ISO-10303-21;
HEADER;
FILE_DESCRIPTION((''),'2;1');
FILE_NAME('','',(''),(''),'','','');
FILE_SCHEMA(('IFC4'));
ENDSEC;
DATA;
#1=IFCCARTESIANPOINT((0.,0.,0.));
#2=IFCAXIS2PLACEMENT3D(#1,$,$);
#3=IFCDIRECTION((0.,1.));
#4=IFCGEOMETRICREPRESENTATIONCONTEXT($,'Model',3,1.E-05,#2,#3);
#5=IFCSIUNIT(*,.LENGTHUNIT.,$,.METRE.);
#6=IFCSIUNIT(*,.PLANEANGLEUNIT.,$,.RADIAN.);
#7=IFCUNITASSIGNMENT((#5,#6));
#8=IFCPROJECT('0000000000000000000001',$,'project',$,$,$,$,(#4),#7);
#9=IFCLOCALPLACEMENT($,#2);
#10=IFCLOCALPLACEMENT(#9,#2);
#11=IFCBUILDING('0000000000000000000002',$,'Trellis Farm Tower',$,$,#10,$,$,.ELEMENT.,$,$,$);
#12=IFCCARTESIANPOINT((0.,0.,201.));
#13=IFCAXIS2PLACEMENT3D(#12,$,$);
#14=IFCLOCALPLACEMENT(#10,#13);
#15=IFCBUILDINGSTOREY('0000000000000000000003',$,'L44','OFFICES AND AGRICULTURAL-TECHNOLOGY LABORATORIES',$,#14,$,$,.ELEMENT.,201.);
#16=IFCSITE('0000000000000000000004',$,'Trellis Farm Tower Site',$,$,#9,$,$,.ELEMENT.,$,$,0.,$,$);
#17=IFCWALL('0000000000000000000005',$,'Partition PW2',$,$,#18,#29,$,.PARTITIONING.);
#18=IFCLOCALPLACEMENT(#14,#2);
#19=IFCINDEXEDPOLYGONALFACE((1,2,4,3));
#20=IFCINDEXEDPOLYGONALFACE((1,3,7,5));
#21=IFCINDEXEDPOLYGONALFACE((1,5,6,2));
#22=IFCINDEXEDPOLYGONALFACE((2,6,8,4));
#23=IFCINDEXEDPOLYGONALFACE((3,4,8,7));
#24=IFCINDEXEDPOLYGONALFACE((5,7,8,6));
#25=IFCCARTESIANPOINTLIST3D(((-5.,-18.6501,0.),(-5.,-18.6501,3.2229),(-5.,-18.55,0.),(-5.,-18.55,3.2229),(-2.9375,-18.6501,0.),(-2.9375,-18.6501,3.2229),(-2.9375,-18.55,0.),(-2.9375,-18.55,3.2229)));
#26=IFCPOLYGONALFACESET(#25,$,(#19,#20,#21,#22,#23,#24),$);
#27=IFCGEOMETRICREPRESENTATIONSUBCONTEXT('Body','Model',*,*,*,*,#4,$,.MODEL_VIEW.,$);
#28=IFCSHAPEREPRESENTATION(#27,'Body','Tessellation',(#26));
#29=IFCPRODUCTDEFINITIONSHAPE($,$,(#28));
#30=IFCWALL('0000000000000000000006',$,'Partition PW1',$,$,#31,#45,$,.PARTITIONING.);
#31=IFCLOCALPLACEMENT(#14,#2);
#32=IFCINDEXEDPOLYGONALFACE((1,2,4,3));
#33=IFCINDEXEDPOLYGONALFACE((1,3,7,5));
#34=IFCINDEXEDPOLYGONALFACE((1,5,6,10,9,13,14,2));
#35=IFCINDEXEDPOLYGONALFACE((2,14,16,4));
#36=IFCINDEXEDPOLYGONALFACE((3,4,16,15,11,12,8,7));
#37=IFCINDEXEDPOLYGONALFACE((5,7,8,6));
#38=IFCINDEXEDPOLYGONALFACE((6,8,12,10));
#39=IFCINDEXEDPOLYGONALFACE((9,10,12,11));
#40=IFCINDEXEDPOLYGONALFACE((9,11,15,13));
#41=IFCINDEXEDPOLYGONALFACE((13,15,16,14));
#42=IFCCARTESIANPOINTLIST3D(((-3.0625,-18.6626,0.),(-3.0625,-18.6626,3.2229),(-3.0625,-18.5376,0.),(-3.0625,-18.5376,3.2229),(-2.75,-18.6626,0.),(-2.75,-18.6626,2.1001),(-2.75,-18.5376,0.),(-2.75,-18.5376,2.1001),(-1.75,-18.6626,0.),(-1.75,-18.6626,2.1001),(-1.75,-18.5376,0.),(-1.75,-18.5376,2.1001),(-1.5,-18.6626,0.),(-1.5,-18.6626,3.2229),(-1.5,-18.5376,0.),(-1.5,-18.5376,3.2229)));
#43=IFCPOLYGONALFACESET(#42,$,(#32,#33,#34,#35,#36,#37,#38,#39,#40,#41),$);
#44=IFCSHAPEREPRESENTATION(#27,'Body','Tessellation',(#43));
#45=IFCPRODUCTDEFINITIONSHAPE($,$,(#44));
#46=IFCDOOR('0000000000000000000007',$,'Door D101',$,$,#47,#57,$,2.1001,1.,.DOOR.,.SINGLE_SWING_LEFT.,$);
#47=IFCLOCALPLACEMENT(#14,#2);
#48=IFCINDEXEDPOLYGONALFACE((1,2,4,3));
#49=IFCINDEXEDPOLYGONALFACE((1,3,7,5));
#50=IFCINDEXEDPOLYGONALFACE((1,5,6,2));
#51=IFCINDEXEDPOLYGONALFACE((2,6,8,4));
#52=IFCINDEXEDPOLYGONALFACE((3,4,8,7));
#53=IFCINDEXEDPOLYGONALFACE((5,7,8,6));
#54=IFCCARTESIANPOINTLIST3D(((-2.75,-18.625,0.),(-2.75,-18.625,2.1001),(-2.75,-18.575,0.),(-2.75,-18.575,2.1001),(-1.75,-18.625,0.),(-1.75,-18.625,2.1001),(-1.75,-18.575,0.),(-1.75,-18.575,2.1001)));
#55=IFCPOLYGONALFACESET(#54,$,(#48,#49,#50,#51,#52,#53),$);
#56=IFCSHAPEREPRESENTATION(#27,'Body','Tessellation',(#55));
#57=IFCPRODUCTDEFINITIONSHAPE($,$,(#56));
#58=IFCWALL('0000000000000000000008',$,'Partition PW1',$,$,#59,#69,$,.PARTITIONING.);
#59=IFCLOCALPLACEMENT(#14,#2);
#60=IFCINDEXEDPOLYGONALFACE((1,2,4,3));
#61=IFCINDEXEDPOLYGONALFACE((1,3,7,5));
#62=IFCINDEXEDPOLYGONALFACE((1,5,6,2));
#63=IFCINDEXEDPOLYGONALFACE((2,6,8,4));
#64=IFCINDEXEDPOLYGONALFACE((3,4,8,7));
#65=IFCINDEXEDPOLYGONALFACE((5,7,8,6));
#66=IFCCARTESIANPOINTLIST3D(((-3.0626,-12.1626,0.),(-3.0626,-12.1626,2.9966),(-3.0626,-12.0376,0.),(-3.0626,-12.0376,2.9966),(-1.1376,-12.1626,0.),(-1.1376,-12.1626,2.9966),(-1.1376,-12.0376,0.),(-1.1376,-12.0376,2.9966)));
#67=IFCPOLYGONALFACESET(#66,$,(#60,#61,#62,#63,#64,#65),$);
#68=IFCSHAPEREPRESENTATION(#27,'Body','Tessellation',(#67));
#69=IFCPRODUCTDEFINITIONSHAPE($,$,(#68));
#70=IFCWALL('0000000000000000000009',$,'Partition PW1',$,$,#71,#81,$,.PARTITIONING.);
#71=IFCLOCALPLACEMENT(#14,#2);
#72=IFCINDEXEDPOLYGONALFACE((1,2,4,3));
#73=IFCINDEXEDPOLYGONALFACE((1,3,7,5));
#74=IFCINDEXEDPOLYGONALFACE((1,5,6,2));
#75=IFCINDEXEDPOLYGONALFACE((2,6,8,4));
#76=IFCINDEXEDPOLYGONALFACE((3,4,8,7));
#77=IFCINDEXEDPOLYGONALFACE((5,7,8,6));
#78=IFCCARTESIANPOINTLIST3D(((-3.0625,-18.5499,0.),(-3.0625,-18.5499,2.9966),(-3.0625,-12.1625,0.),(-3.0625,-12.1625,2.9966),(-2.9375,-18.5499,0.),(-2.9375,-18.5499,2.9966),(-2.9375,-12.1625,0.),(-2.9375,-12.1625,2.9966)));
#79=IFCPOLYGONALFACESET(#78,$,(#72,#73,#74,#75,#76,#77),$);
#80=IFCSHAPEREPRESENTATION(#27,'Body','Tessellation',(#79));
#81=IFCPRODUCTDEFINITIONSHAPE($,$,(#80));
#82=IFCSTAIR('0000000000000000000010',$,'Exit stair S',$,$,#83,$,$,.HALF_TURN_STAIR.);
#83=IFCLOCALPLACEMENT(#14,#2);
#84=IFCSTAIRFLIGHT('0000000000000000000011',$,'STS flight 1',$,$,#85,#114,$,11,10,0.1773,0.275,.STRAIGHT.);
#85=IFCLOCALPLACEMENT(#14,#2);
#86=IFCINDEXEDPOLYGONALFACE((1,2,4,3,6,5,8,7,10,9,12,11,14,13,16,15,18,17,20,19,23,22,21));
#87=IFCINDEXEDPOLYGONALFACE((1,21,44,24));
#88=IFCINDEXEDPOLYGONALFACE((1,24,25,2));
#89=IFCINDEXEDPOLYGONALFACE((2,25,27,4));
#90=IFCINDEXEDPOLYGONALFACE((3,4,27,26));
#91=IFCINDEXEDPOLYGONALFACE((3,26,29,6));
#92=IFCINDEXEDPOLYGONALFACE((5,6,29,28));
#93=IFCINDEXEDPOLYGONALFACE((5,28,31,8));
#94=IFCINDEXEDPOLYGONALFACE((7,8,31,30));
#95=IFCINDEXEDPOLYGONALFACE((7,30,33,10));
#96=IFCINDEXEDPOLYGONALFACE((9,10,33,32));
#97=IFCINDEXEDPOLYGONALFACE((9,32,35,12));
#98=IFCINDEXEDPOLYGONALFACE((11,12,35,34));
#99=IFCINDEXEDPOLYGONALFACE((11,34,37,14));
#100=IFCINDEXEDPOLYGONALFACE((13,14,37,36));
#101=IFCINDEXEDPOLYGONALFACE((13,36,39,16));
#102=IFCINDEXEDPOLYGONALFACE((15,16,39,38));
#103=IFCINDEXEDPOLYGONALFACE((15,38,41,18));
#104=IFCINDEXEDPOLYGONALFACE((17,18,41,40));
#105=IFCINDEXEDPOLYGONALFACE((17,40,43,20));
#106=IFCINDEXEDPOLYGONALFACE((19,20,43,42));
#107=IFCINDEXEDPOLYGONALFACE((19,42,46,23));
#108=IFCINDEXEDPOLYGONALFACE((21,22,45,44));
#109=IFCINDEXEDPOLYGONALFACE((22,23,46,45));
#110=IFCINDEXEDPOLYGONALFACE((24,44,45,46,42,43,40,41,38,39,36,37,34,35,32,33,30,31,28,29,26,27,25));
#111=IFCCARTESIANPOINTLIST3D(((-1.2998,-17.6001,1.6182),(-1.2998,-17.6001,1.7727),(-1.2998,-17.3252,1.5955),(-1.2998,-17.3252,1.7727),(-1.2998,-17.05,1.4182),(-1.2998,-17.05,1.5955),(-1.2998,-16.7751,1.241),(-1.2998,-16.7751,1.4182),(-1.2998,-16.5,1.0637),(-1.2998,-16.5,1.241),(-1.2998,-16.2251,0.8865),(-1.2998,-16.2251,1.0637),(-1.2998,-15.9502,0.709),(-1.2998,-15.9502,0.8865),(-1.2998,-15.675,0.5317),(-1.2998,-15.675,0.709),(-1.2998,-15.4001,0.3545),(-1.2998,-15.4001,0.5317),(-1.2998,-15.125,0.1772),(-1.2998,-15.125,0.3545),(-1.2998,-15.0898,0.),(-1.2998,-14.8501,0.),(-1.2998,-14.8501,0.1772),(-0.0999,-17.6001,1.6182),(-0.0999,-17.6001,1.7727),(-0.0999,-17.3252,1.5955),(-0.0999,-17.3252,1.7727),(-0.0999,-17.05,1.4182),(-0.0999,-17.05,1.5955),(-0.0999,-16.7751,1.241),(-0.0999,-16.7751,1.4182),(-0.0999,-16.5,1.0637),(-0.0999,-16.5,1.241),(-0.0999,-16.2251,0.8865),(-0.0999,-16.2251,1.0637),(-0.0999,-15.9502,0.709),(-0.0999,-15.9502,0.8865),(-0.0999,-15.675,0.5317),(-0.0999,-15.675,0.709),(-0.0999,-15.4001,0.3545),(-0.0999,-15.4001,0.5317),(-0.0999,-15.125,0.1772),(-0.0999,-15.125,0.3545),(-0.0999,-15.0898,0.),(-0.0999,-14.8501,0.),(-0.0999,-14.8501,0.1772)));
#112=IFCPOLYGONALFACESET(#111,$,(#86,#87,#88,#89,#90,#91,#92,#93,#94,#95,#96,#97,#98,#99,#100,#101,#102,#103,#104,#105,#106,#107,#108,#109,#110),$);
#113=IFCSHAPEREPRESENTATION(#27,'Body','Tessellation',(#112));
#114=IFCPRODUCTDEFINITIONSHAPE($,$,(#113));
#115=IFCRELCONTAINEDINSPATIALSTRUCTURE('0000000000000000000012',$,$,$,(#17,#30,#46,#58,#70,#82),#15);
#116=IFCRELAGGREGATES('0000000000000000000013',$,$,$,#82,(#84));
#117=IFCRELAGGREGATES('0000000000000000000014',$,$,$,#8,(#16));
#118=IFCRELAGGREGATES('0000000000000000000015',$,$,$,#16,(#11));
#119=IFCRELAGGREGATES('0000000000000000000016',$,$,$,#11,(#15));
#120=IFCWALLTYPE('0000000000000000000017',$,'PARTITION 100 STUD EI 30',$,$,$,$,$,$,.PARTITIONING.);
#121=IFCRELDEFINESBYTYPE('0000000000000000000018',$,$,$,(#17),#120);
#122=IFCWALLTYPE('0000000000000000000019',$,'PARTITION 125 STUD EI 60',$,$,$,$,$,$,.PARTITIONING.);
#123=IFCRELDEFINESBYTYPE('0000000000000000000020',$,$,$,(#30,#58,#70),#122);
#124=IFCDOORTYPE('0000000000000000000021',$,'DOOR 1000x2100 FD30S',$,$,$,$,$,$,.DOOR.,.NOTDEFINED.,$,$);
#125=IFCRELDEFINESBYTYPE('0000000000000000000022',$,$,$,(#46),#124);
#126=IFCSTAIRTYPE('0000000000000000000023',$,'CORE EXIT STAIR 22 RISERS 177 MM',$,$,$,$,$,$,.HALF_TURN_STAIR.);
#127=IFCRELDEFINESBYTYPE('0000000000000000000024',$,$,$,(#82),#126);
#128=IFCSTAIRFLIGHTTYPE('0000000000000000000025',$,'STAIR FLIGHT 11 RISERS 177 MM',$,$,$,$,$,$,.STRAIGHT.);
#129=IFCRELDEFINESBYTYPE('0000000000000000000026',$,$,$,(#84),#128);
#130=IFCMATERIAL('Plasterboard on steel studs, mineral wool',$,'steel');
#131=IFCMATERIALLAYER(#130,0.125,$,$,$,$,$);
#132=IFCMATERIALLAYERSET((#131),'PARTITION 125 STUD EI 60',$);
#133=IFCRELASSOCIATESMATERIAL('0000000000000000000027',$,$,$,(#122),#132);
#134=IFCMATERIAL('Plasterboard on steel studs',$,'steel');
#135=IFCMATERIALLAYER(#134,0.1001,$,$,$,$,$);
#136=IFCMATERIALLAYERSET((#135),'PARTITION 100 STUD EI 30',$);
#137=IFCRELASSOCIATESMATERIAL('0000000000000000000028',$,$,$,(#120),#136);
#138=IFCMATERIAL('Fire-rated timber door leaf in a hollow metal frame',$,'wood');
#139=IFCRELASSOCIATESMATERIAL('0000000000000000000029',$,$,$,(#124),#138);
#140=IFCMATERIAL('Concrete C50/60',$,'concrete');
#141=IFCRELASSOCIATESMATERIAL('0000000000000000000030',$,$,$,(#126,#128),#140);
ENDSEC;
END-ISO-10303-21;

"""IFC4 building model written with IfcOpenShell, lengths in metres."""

from ifc_helpers import new_model, si_unit, direction, frame, frame_2d, origin, place, context, subcontext, project, spatial, polyline, rectangle, outline, extrude, source, transform, mapped, material, layer, layer_set, type_object, element, fill, aggregate, save


model = new_model("IFC4")

# Units and contexts
model_context = context("Model", 3, precision=1e-05, world=origin(), true_north=direction((0.0, 1.0)))
body_context = subcontext(model_context, "Body", "Model", "MODEL_VIEW")
ifc_project = project(units=[si_unit("LENGTHUNIT", "METRE"), si_unit("PLANEANGLEUNIT", "RADIAN")], contexts=[model_context])

# Site, building, storey
site_placement = place(None, origin())
site = spatial("IfcSite", under=ifc_project, at=site_placement, Name="Trellis Farm Tower Site", CompositionType="ELEMENT", RefElevation=0.0)
building_placement = place(site_placement, origin())
building = spatial("IfcBuilding", under=site, at=building_placement, Name="Trellis Farm Tower", CompositionType="ELEMENT")
storey_placement = place(building_placement, frame((0.0, 0.0, 201.0)))
storey = spatial("IfcBuildingStorey", under=building, at=storey_placement, Name="L44", Description="OFFICES AND AGRICULTURAL-TECHNOLOGY LABORATORIES", CompositionType="ELEMENT", Elevation=201.0)

# Shared definitions
placement = place(storey_placement, origin())

# Shared definitions
ifc_material_1 = material(Name="Plasterboard on steel studs, mineral wool", Category="steel")
ifc_layer_1 = layer(ifc_material_1, 0.125)
ifc_layer_set_1 = layer_set([ifc_layer_1], Name="PARTITION 125 STUD EI 60")
wall_type_1 = type_object("IfcWallType", Name="PARTITION 125 STUD EI 60", PredefinedType="PARTITIONING", material=ifc_layer_set_1)
ifc_material_2 = material(Name="Fire-rated timber door leaf in a hollow metal frame", Category="wood")

# Wall
ifc_material_3 = material(Name="Plasterboard on steel studs", Category="steel")
ifc_layer_2 = layer(ifc_material_3, 0.1001)
ifc_layer_set_2 = layer_set([ifc_layer_2], Name="PARTITION 100 STUD EI 30")
wall_type_2 = type_object("IfcWallType", Name="PARTITION 100 STUD EI 30", PredefinedType="PARTITIONING", material=ifc_layer_set_2)
shared_shape_1 = source(origin(), body_context, "Body", "SweptSolid", [
    extrude(rectangle(XDim=2.0625, YDim=0.1001, at=frame_2d((1.0312, 0.0))), origin(), (0.0, 0.0, 1.0), 3.2229),
])
wall_1_placement = place(storey_placement, frame((-5.0, -18.6001, 0.0), z_axis=(0.0, 0.0, 1.0), x_axis=(1.0, 0.0, 0.0)))
element("IfcWall", 1, at=wall_1_placement, inside=storey, type_object=wall_type_2, Name="Partition PW2", PredefinedType="PARTITIONING", context=body_context, shape_type="MappedRepresentation", body=[
    mapped(shared_shape_1, transform((0.0, 0.0, 0.0))),
])

# Wall, opening, door
shared_shape_2 = source(origin(), body_context, "Body", "SweptSolid", [
    extrude(rectangle(XDim=1.5625, YDim=0.125, at=frame_2d((0.7812, 0.0))), origin(), (0.0, 0.0, 1.0), 3.2229),
])
wall_2_placement = place(storey_placement, frame((-1.5, -18.6001, 0.0), z_axis=(0.0, 0.0, 1.0), x_axis=(-1.0, 0.0, 0.0)))
wall_2 = element("IfcWall", 2, at=wall_2_placement, inside=storey, type_object=wall_type_1, Name="Partition PW1", PredefinedType="PARTITIONING", context=body_context, shape_type="MappedRepresentation", body=[
    mapped(shared_shape_2, transform((0.0, 0.0, 0.0))),
])
shared_shape_3 = source(origin(), body_context, "Body", "SweptSolid", [
    extrude(rectangle(XDim=1.0, YDim=2.1001, at=frame_2d((0.5, 1.05))), frame((0.0, 0.0725, 0.0), z_axis=(0.0, -1.0, 0.0), x_axis=(1.0, 0.0, 0.0)), (0.0, 0.0, 1.0), 0.145),
])
opening_1_placement = place(wall_2_placement, frame((0.25, 0.0, 0.0)))
opening_1 = element("IfcOpeningElement", 3, at=opening_1_placement, cuts=wall_2, PredefinedType="OPENING", context=body_context, shape_type="MappedRepresentation", body=[
    mapped(shared_shape_3, transform((0.0, 0.0, 0.0))),
])
door_type_1 = type_object("IfcDoorType", Name="DOOR 1000x2100 FD30S", OperationType="NOTDEFINED", PredefinedType="DOOR", material=ifc_material_2)
shared_shape_4 = source(origin(), body_context, "Body", "SweptSolid", [
    extrude(rectangle(XDim=1.0, YDim=2.1001, at=frame_2d((0.5, 1.05))), frame((0.0, 0.0249, 0.0), z_axis=(0.0, -1.0, 0.0), x_axis=(1.0, 0.0, 0.0)), (0.0, 0.0, 1.0), 0.05),
])
door_1_placement = place(opening_1_placement, origin())
door_1 = element("IfcDoor", 4, at=door_1_placement, inside=storey, type_object=door_type_1, Name="Door D101", OperationType="SINGLE_SWING_LEFT", OverallHeight=2.1001, OverallWidth=1.0, PredefinedType="DOOR", context=body_context, shape_type="MappedRepresentation", body=[
    mapped(shared_shape_4, transform((0.0, 0.0, 0.0))),
])
fill(opening_1, door_1)

# Walls
shared_shape_5 = source(origin(), body_context, "Body", "SweptSolid", [
    extrude(rectangle(XDim=1.925, YDim=0.125, at=frame_2d((0.9624, 0.0))), origin(), (0.0, 0.0, 1.0), 2.9966),
])
wall_3_placement = place(storey_placement, frame((-3.0625, -12.1001, 0.0), z_axis=(0.0, 0.0, 1.0), x_axis=(1.0, 0.0, 0.0)))
element("IfcWall", 5, at=wall_3_placement, inside=storey, type_object=wall_type_1, Name="Partition PW1", PredefinedType="PARTITIONING", context=body_context, shape_type="MappedRepresentation", body=[
    mapped(shared_shape_5, transform((0.0, 0.0, 0.0))),
])
shared_shape_6 = source(origin(), body_context, "Body", "SweptSolid", [
    extrude(rectangle(XDim=6.3875, YDim=0.125, at=frame_2d((3.1938, 0.0))), origin(), (0.0, 0.0, 1.0), 2.9966),
])
wall_4_placement = place(storey_placement, frame((-3.0, -18.55, 0.0), z_axis=(0.0, 0.0, 1.0), x_axis=(0.0, 1.0, 0.0)))
element("IfcWall", 6, at=wall_4_placement, inside=storey, type_object=wall_type_1, Name="Partition PW1", PredefinedType="PARTITIONING", context=body_context, shape_type="MappedRepresentation", body=[
    mapped(shared_shape_6, transform((0.0, 0.0, 0.0))),
])

# Stair, stair flight
ifc_material_4 = material(Name="Concrete C50/60", Category="concrete")
stair_type = type_object("IfcStairType", Name="CORE EXIT STAIR 22 RISERS 177 MM", PredefinedType="HALF_TURN_STAIR", material=ifc_material_4)
stair = element("IfcStair", 7, at=placement, inside=storey, type_object=stair_type, Name="Exit stair S", PredefinedType="HALF_TURN_STAIR")
stair_flight_type = type_object("IfcStairFlightType", Name="STAIR FLIGHT 11 RISERS 177 MM", PredefinedType="STRAIGHT", material=ifc_material_4)
shared_shape_7 = source(origin(), body_context, "Body", "SweptSolid", [
    extrude(outline(polyline([(0.0, 0.0), (0.0, 0.1772), (0.2749, 0.1772), (0.2749, 0.3545), (0.55, 0.3545), (0.55, 0.5317), (0.825, 0.5317), (0.825, 0.709), (1.1001, 0.709), (1.1001, 0.8865), (1.375, 0.8865), (1.375, 1.0637), (1.6499, 1.0637), (1.6499, 1.241), (1.925, 1.241), (1.925, 1.4182), (2.2, 1.4182), (2.2, 1.5955), (2.4751, 1.5955), (2.4751, 1.7727), (2.75, 1.7727), (2.75, 1.95), (2.75, 1.6182), (0.2397, 0.0), (0.0, 0.0)])), frame((0.0, 0.6001, 0.0), z_axis=(0.0, -1.0, 0.0), x_axis=(1.0, 0.0, 0.0)), (0.0, 0.0, 1.0), 1.2),
])
stair_flight_placement = place(storey_placement, frame((-0.7, -14.8501, 0.0), z_axis=(0.0, 0.0, 1.0), x_axis=(0.0, -1.0, 0.0)))
stair_flight = element("IfcStairFlight", 8, at=stair_flight_placement, type_object=stair_flight_type, Name="STS flight 1", NumberOfRisers=11, NumberOfTreads=10, PredefinedType="STRAIGHT", RiserHeight=0.1773, TreadLength=0.275, context=body_context, shape_type="MappedRepresentation", body=[
    mapped(shared_shape_7, transform((0.0, 0.0, 0.0))),
])
aggregate(stair, [stair_flight])

save(model, "model.ifc")
